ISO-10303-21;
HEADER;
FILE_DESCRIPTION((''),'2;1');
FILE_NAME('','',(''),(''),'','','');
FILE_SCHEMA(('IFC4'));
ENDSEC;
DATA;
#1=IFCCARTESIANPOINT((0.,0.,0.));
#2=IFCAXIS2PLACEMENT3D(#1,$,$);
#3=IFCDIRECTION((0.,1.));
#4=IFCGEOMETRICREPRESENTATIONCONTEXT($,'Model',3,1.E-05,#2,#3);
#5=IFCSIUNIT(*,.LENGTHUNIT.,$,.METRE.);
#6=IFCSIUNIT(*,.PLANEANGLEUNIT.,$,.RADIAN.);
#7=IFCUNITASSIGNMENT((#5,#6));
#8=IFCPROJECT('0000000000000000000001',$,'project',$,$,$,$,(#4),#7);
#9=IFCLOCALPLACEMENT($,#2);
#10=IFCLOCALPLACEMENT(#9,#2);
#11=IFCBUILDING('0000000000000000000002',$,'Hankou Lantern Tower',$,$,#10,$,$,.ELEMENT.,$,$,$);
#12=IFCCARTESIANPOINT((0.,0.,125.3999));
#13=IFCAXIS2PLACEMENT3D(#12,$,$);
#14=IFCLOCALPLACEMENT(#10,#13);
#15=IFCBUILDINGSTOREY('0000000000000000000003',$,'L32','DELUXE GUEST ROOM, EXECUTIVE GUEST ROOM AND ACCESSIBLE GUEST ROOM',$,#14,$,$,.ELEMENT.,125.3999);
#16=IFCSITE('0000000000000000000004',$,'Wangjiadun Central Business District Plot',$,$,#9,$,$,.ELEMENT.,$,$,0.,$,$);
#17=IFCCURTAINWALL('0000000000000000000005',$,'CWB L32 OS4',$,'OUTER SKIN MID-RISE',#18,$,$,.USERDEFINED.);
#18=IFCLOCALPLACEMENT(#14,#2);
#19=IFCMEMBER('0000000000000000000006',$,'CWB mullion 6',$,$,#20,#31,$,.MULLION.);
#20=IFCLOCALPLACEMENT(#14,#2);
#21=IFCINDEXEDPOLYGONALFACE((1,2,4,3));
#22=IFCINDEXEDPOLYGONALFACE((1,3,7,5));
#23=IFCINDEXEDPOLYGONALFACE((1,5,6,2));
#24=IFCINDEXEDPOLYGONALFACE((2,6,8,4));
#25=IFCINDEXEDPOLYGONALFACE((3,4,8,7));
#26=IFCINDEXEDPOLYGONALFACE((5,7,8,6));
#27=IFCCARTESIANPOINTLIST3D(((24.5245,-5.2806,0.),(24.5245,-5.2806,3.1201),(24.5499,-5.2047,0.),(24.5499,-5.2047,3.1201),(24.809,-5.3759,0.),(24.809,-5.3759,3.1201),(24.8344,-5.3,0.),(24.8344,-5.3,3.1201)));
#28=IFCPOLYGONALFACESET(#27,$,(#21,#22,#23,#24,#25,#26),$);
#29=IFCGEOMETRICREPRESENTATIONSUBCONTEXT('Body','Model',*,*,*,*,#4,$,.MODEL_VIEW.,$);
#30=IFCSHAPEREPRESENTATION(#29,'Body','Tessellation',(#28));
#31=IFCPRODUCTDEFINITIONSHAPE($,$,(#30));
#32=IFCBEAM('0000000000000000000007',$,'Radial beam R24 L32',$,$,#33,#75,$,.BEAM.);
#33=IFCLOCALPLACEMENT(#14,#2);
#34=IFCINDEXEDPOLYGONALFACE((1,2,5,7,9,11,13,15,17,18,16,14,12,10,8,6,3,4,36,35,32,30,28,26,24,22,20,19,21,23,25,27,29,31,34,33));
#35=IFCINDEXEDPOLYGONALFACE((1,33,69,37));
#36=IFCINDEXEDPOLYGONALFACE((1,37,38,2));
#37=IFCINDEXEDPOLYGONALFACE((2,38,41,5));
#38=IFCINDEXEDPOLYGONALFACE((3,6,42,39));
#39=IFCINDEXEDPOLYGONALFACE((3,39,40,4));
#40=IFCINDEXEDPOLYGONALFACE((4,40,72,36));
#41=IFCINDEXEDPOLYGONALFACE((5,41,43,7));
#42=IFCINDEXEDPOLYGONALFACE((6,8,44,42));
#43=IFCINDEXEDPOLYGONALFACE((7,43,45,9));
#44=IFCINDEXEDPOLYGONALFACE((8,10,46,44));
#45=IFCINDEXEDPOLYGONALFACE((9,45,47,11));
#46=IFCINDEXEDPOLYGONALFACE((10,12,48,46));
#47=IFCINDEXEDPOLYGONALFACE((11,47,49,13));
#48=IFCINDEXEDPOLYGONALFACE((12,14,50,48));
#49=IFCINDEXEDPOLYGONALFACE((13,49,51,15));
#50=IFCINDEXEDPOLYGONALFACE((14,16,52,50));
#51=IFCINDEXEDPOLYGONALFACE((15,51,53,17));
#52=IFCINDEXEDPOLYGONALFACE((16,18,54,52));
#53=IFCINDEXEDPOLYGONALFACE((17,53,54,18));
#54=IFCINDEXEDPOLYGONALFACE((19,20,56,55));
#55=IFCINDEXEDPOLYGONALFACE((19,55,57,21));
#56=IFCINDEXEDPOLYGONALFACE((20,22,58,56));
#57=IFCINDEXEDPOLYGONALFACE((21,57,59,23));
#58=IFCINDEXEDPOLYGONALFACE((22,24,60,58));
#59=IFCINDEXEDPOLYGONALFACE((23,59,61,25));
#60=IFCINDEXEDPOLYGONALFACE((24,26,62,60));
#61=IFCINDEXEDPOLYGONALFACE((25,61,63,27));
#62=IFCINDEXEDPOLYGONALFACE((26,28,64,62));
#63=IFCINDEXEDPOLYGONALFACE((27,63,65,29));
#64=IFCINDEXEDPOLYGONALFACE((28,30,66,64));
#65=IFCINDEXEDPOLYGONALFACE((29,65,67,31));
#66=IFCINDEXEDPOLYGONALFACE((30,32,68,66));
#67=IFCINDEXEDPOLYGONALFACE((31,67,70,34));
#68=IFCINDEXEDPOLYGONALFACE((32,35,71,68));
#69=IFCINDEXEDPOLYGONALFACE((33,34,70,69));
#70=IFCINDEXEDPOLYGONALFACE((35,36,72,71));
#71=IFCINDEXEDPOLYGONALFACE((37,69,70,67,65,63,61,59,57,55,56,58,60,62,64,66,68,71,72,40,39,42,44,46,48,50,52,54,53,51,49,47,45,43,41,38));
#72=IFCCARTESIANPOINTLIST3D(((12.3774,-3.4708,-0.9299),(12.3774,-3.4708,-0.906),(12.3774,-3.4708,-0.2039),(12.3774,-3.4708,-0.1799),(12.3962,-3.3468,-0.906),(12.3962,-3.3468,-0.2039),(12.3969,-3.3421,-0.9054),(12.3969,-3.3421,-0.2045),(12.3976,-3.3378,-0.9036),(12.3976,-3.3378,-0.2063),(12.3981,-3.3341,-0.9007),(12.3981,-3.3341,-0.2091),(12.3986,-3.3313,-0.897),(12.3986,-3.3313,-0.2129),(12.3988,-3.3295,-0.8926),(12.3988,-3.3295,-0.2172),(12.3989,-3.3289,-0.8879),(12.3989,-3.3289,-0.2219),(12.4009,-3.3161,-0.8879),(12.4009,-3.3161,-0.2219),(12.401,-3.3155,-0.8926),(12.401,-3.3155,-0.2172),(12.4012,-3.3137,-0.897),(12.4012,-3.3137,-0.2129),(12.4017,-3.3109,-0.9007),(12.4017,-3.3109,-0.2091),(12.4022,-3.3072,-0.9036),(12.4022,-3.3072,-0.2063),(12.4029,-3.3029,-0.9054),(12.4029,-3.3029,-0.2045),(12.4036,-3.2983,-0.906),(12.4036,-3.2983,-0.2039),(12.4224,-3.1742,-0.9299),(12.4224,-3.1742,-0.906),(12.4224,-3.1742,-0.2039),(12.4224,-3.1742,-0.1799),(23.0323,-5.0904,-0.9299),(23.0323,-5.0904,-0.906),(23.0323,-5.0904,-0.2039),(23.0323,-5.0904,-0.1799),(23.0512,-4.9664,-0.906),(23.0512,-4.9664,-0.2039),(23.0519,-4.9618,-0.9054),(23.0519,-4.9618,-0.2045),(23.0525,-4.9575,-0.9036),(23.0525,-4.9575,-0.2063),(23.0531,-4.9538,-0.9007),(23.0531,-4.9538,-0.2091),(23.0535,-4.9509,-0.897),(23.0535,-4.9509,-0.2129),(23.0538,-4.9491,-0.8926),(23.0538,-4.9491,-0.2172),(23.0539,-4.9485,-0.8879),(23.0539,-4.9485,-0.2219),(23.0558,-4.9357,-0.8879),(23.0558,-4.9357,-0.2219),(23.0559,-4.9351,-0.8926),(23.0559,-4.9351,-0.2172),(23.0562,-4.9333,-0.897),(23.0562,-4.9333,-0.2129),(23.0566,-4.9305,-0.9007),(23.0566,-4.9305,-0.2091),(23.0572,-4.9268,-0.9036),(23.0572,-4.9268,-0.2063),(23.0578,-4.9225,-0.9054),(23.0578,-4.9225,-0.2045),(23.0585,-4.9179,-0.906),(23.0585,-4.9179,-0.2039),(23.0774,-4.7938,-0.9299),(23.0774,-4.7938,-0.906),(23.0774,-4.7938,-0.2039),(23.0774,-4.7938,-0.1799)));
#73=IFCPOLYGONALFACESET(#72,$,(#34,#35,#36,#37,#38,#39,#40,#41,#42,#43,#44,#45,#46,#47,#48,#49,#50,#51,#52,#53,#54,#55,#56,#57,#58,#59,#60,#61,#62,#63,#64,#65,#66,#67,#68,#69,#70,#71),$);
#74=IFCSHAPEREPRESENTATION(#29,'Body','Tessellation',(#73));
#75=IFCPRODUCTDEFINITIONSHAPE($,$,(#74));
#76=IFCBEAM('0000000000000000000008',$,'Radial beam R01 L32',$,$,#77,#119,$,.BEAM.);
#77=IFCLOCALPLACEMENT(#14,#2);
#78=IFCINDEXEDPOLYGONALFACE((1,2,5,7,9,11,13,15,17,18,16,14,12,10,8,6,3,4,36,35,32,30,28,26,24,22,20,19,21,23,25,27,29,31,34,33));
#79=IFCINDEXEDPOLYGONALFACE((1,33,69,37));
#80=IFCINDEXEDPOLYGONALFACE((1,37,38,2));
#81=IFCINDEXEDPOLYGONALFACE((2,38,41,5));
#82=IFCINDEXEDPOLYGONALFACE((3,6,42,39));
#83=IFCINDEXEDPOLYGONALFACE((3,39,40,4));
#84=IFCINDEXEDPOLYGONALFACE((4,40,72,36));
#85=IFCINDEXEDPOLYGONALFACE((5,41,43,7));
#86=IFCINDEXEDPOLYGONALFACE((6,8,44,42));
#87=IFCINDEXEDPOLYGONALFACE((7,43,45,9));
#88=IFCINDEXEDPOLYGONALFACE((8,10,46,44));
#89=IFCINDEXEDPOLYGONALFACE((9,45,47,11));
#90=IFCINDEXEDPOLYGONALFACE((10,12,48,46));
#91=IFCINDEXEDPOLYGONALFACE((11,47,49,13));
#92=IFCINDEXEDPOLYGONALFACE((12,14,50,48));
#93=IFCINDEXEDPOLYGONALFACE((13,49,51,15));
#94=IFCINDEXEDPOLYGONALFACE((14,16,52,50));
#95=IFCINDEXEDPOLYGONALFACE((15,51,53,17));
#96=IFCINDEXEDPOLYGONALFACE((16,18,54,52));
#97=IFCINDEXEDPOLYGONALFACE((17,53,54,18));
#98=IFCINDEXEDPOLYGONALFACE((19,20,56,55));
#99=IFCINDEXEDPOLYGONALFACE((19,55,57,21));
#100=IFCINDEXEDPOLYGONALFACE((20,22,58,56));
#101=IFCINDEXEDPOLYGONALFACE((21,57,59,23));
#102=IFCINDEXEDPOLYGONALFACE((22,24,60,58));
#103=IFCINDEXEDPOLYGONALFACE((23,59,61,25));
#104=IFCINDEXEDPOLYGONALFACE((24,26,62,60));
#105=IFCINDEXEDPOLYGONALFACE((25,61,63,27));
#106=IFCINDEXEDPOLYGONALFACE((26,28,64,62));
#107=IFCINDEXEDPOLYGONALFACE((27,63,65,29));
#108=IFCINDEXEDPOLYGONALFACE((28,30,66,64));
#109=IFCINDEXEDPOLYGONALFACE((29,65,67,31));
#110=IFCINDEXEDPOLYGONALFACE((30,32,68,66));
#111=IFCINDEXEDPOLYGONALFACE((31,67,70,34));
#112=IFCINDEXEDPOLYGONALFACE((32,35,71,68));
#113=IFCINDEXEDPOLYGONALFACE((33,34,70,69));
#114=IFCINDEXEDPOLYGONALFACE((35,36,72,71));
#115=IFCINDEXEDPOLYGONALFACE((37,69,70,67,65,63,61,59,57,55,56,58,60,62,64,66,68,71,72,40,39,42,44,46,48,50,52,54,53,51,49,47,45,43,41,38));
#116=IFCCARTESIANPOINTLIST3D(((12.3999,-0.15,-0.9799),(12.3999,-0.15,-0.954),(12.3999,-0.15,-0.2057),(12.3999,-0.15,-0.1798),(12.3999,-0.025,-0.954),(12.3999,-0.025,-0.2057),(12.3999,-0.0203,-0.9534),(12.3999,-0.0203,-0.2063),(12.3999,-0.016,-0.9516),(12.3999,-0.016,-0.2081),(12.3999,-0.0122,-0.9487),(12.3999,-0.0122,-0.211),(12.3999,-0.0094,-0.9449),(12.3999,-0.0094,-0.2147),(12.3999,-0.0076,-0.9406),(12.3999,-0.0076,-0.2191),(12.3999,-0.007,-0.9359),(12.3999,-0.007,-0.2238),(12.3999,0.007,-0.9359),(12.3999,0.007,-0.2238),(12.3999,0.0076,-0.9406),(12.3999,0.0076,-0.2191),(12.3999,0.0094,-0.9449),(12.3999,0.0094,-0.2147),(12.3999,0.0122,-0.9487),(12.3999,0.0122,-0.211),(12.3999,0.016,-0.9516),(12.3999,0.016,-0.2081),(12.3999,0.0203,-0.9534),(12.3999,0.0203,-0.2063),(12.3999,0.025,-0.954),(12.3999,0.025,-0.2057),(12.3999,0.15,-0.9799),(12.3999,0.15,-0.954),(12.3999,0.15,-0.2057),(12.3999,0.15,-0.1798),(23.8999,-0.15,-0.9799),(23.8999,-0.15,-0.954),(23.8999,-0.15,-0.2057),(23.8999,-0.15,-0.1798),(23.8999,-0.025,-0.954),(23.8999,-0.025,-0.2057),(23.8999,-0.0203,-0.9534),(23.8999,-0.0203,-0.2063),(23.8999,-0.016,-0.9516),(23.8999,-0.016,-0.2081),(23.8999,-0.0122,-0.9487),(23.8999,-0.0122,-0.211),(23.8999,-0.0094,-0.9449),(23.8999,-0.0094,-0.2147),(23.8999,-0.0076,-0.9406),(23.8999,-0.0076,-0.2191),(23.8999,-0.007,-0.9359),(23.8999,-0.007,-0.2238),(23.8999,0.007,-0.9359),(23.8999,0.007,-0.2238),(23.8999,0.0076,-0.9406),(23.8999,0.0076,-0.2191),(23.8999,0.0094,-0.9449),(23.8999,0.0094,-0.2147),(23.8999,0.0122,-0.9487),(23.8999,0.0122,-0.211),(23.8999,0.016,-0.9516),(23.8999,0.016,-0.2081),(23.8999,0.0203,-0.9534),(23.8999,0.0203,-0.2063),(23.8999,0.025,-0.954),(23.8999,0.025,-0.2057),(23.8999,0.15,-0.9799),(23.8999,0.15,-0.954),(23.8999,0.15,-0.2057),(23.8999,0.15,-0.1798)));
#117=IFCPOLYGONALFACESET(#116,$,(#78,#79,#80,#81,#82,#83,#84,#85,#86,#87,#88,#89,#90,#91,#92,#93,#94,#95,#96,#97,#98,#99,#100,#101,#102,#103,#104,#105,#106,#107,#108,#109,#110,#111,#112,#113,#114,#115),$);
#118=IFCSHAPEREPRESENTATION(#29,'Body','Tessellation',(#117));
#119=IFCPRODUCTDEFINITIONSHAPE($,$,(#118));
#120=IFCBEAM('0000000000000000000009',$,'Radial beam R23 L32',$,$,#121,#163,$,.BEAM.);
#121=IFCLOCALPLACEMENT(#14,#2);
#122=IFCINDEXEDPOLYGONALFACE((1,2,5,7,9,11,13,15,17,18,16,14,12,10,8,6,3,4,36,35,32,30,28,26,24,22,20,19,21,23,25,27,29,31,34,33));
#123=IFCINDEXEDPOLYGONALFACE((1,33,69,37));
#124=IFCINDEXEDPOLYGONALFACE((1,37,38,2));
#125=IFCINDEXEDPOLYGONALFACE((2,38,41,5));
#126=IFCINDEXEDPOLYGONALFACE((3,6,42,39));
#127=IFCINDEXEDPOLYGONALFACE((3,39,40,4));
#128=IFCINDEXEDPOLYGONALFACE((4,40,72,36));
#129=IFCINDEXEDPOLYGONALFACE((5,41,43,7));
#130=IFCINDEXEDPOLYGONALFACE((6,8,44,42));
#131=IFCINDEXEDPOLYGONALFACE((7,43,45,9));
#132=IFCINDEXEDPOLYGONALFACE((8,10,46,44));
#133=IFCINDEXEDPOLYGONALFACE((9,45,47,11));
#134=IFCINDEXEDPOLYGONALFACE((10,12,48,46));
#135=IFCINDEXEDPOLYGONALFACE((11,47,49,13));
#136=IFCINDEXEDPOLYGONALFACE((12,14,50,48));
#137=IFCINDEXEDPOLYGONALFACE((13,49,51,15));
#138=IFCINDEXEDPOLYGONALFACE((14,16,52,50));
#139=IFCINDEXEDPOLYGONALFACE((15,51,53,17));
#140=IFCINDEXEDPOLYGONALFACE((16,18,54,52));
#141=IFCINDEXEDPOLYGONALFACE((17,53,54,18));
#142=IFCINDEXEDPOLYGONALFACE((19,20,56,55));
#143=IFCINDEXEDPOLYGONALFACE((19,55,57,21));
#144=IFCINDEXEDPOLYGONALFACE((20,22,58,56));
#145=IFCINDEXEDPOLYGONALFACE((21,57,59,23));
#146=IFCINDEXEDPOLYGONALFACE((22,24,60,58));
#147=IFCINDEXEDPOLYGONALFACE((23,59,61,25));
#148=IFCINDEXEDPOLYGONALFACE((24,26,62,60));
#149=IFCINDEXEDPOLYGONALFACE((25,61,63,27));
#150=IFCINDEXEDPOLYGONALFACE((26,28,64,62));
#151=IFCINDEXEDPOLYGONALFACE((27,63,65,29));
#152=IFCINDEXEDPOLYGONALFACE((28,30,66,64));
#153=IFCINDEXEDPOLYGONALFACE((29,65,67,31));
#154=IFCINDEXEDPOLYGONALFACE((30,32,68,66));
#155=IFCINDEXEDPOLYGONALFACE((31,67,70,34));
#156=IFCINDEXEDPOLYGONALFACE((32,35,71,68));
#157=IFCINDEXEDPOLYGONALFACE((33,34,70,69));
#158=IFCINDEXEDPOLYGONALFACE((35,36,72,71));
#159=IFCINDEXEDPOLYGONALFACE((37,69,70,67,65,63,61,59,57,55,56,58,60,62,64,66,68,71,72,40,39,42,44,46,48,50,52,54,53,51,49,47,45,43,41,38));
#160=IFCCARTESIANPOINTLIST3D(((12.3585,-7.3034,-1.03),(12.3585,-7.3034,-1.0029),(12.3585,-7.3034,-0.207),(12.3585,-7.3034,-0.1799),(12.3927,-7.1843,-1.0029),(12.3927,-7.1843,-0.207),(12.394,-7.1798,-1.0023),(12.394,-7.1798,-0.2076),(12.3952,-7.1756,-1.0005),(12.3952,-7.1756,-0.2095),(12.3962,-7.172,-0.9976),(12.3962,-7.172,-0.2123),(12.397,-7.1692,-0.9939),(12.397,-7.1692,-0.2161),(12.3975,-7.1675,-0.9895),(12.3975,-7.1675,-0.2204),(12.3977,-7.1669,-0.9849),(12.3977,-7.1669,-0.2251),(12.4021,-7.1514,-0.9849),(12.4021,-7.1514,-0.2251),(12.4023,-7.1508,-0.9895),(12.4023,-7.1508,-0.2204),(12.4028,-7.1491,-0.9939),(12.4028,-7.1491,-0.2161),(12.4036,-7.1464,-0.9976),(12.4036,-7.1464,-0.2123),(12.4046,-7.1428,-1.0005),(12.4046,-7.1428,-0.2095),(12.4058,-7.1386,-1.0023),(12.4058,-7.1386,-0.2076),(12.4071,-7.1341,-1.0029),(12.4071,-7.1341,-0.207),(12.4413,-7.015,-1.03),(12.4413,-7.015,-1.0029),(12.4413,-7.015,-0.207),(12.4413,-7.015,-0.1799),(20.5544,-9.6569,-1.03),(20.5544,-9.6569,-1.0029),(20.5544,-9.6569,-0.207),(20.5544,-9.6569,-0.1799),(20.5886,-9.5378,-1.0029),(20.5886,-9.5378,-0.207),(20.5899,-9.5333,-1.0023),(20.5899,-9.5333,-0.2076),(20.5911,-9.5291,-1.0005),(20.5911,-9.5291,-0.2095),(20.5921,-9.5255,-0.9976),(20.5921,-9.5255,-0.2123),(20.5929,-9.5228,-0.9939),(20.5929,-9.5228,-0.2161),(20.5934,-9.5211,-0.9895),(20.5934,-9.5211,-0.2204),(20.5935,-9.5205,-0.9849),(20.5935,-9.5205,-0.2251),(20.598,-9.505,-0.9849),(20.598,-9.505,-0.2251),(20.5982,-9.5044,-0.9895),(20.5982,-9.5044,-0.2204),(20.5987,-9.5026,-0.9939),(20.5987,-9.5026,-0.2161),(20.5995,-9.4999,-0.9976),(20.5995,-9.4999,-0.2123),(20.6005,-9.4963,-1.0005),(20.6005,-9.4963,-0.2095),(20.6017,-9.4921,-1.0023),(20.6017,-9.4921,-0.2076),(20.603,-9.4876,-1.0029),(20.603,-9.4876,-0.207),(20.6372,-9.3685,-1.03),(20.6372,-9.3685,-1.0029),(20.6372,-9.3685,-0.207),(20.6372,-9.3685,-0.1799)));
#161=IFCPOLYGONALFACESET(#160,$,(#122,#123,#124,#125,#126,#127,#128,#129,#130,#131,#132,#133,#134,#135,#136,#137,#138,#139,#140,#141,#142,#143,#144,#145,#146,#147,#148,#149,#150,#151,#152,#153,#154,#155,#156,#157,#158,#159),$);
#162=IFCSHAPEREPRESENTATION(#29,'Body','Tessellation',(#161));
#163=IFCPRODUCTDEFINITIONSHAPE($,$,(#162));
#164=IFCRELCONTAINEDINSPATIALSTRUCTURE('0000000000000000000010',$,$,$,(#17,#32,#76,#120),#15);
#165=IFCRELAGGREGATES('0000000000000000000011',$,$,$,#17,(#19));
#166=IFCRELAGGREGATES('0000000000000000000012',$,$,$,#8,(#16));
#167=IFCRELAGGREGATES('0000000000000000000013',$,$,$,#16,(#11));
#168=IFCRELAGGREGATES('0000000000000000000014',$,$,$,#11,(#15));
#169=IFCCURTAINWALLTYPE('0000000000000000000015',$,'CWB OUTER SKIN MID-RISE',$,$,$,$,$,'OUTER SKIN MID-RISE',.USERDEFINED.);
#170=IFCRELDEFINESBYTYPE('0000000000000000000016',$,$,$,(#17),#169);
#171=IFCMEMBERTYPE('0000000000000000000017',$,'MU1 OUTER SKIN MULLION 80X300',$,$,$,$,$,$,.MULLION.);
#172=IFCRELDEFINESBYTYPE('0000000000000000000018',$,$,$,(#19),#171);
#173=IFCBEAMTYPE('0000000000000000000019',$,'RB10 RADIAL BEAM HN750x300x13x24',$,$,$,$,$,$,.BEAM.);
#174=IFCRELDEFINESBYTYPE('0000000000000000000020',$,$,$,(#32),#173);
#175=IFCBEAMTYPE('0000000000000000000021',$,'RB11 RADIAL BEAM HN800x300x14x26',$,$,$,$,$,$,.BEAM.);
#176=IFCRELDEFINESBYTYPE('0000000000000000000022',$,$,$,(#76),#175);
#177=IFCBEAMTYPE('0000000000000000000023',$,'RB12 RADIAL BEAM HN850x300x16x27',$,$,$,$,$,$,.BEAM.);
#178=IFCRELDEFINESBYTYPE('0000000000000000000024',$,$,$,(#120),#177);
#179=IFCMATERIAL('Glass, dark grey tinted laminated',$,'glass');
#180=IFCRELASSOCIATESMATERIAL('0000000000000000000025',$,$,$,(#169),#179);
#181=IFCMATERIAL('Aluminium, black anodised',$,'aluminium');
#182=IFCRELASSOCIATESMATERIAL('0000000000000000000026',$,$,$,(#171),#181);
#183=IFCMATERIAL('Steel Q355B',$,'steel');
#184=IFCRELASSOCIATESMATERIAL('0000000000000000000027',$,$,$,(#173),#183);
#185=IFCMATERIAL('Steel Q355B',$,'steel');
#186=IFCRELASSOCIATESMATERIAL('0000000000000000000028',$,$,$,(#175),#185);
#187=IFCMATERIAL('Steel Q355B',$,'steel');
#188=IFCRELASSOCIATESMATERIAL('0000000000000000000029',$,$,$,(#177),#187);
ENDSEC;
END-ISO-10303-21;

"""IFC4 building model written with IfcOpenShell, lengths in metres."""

from ifc_helpers import new_model, si_unit, direction, frame, origin, origin_2d, place, context, subcontext, project, spatial, rectangle, i_section, extrude, material, material_profile, profile_set, type_object, element, aggregate, save


model = new_model("IFC4")

# Units and contexts
model_context = context("Model", 3, precision=1e-05, world=origin(), true_north=direction((0.0, 1.0)))
body_context = subcontext(model_context, "Body", "Model", "MODEL_VIEW")
ifc_project = project(units=[si_unit("LENGTHUNIT", "METRE"), si_unit("PLANEANGLEUNIT", "RADIAN")], contexts=[model_context])

# Site, building, storey
site_placement = place(None, origin())
site = spatial("IfcSite", under=ifc_project, at=site_placement, Name="Wangjiadun Central Business District Plot", CompositionType="ELEMENT", RefElevation=0.0)
building_placement = place(site_placement, origin())
building = spatial("IfcBuilding", under=site, at=building_placement, Name="Hankou Lantern Tower", CompositionType="ELEMENT")
storey_placement = place(building_placement, frame((0.0, 0.0, 125.3999)))
storey = spatial("IfcBuildingStorey", under=building, at=storey_placement, Name="L32", Description="DELUXE GUEST ROOM, EXECUTIVE GUEST ROOM AND ACCESSIBLE GUEST ROOM", CompositionType="ELEMENT", Elevation=125.3999)

# Curtain wall, member
ifc_material_1 = material(Name="Glass, dark grey tinted laminated", Category="glass")
curtain_wall_type = type_object("IfcCurtainWallType", Name="CWB OUTER SKIN MID-RISE", ElementType="OUTER SKIN MID-RISE", PredefinedType="USERDEFINED", material=ifc_material_1)
curtain_wall_placement = place(storey_placement, origin())
curtain_wall = element("IfcCurtainWall", 1, at=curtain_wall_placement, inside=storey, type_object=curtain_wall_type, Name="CWB L32 OS4", ObjectType="OUTER SKIN MID-RISE", PredefinedType="USERDEFINED")
ifc_material_2 = material(Name="Aluminium, black anodised", Category="aluminium")
ifc_material_profile_1 = material_profile(ifc_material_2, rectangle(XDim=0.0801, YDim=0.3, at=origin_2d()), Name="MU1 80X300")
ifc_profile_set_1 = profile_set([ifc_material_profile_1], Name="Aluminium, black anodised")
member_type_1 = type_object("IfcMemberType", Name="MU1 OUTER SKIN MULLION 80X300", PredefinedType="MULLION", material=ifc_profile_set_1)
member_1_placement = place(storey_placement, frame((24.6794, -5.2903, 0.0), z_axis=(0.0, 0.0, 1.0), x_axis=(0.317596, 0.948226, 0.0)))
member_1 = element("IfcMember", 2, at=member_1_placement, type_object=member_type_1, Name="CWB mullion 6", PredefinedType="MULLION", context=body_context, shape_type="SweptSolid", body=[
    extrude(rectangle(XDim=0.0801, YDim=0.3, at=origin_2d()), origin(), (0.0, 0.0, 1.0), 3.1201),
])

# Beams
ifc_material_3 = material(Name="Steel Q355B", Category="steel")
ifc_material_profile_2 = material_profile(ifc_material_3, i_section(OverallWidth=0.3, OverallDepth=0.75, WebThickness=0.0129, FlangeThickness=0.0239, FilletRadius=0.0181, at=origin_2d()), Name="HN750x300x13x24")
ifc_profile_set_2 = profile_set([ifc_material_profile_2], Name="Steel Q355B")
beam_type_1 = type_object("IfcBeamType", Name="RB10 RADIAL BEAM HN750x300x13x24", PredefinedType="BEAM", material=ifc_profile_set_2)
beam_1_placement = place(storey_placement, frame((12.3999, -3.3225, -0.5549), z_axis=(0.988644, -0.15028, 0.0), x_axis=(0.15028, 0.988644, 0.0)))
element("IfcBeam", 3, at=beam_1_placement, inside=storey, type_object=beam_type_1, Name="Radial beam R24 L32", PredefinedType="BEAM", context=body_context, shape_type="SweptSolid", body=[
    extrude(i_section(OverallWidth=0.3, OverallDepth=0.75, WebThickness=0.0129, FlangeThickness=0.0239, FilletRadius=0.0181, at=origin_2d()), origin(), (0.0, 0.0, 1.0), 10.7773),
])
ifc_material_4 = material(Name="Steel Q355B", Category="steel")
ifc_material_profile_3 = material_profile(ifc_material_4, i_section(OverallWidth=0.3, OverallDepth=0.8, WebThickness=0.0139, FlangeThickness=0.0259, FilletRadius=0.0181, at=origin_2d()), Name="HN800x300x14x26")
ifc_profile_set_3 = profile_set([ifc_material_profile_3], Name="Steel Q355B")
beam_type_2 = type_object("IfcBeamType", Name="RB11 RADIAL BEAM HN800x300x14x26", PredefinedType="BEAM", material=ifc_profile_set_3)
beam_2_placement = place(storey_placement, frame((12.3999, 0.0, -0.5798), z_axis=(1.0, 0.0, 0.0), x_axis=(0.0, 1.0, 0.0)))
element("IfcBeam", 4, at=beam_2_placement, inside=storey, type_object=beam_type_2, Name="Radial beam R01 L32", PredefinedType="BEAM", context=body_context, shape_type="SweptSolid", body=[
    extrude(i_section(OverallWidth=0.3, OverallDepth=0.8, WebThickness=0.0139, FlangeThickness=0.0259, FilletRadius=0.0181, at=origin_2d()), origin(), (0.0, 0.0, 1.0), 11.5),
])
ifc_material_5 = material(Name="Steel Q355B", Category="steel")
ifc_material_profile_4 = material_profile(ifc_material_5, i_section(OverallWidth=0.3, OverallDepth=0.8501, WebThickness=0.0161, FlangeThickness=0.0271, FilletRadius=0.0181, at=origin_2d()), Name="HN850x300x16x27")
ifc_profile_set_4 = profile_set([ifc_material_profile_4], Name="Steel Q355B")
beam_type_3 = type_object("IfcBeamType", Name="RB12 RADIAL BEAM HN850x300x16x27", PredefinedType="BEAM", material=ifc_profile_set_4)
beam_3_placement = place(storey_placement, frame((12.3999, -7.1592, -0.605), z_axis=(0.961156, -0.276007, 0.0), x_axis=(0.276007, 0.961156, 0.0)))
element("IfcBeam", 5, at=beam_3_placement, inside=storey, type_object=beam_type_3, Name="Radial beam R23 L32", PredefinedType="BEAM", context=body_context, shape_type="SweptSolid", body=[
    extrude(i_section(OverallWidth=0.3, OverallDepth=0.8501, WebThickness=0.0161, FlangeThickness=0.0271, FilletRadius=0.0181, at=origin_2d()), origin(), (0.0, 0.0, 1.0), 8.5271),
])

aggregate(curtain_wall, [member_1])

save(model, "model.ifc")
